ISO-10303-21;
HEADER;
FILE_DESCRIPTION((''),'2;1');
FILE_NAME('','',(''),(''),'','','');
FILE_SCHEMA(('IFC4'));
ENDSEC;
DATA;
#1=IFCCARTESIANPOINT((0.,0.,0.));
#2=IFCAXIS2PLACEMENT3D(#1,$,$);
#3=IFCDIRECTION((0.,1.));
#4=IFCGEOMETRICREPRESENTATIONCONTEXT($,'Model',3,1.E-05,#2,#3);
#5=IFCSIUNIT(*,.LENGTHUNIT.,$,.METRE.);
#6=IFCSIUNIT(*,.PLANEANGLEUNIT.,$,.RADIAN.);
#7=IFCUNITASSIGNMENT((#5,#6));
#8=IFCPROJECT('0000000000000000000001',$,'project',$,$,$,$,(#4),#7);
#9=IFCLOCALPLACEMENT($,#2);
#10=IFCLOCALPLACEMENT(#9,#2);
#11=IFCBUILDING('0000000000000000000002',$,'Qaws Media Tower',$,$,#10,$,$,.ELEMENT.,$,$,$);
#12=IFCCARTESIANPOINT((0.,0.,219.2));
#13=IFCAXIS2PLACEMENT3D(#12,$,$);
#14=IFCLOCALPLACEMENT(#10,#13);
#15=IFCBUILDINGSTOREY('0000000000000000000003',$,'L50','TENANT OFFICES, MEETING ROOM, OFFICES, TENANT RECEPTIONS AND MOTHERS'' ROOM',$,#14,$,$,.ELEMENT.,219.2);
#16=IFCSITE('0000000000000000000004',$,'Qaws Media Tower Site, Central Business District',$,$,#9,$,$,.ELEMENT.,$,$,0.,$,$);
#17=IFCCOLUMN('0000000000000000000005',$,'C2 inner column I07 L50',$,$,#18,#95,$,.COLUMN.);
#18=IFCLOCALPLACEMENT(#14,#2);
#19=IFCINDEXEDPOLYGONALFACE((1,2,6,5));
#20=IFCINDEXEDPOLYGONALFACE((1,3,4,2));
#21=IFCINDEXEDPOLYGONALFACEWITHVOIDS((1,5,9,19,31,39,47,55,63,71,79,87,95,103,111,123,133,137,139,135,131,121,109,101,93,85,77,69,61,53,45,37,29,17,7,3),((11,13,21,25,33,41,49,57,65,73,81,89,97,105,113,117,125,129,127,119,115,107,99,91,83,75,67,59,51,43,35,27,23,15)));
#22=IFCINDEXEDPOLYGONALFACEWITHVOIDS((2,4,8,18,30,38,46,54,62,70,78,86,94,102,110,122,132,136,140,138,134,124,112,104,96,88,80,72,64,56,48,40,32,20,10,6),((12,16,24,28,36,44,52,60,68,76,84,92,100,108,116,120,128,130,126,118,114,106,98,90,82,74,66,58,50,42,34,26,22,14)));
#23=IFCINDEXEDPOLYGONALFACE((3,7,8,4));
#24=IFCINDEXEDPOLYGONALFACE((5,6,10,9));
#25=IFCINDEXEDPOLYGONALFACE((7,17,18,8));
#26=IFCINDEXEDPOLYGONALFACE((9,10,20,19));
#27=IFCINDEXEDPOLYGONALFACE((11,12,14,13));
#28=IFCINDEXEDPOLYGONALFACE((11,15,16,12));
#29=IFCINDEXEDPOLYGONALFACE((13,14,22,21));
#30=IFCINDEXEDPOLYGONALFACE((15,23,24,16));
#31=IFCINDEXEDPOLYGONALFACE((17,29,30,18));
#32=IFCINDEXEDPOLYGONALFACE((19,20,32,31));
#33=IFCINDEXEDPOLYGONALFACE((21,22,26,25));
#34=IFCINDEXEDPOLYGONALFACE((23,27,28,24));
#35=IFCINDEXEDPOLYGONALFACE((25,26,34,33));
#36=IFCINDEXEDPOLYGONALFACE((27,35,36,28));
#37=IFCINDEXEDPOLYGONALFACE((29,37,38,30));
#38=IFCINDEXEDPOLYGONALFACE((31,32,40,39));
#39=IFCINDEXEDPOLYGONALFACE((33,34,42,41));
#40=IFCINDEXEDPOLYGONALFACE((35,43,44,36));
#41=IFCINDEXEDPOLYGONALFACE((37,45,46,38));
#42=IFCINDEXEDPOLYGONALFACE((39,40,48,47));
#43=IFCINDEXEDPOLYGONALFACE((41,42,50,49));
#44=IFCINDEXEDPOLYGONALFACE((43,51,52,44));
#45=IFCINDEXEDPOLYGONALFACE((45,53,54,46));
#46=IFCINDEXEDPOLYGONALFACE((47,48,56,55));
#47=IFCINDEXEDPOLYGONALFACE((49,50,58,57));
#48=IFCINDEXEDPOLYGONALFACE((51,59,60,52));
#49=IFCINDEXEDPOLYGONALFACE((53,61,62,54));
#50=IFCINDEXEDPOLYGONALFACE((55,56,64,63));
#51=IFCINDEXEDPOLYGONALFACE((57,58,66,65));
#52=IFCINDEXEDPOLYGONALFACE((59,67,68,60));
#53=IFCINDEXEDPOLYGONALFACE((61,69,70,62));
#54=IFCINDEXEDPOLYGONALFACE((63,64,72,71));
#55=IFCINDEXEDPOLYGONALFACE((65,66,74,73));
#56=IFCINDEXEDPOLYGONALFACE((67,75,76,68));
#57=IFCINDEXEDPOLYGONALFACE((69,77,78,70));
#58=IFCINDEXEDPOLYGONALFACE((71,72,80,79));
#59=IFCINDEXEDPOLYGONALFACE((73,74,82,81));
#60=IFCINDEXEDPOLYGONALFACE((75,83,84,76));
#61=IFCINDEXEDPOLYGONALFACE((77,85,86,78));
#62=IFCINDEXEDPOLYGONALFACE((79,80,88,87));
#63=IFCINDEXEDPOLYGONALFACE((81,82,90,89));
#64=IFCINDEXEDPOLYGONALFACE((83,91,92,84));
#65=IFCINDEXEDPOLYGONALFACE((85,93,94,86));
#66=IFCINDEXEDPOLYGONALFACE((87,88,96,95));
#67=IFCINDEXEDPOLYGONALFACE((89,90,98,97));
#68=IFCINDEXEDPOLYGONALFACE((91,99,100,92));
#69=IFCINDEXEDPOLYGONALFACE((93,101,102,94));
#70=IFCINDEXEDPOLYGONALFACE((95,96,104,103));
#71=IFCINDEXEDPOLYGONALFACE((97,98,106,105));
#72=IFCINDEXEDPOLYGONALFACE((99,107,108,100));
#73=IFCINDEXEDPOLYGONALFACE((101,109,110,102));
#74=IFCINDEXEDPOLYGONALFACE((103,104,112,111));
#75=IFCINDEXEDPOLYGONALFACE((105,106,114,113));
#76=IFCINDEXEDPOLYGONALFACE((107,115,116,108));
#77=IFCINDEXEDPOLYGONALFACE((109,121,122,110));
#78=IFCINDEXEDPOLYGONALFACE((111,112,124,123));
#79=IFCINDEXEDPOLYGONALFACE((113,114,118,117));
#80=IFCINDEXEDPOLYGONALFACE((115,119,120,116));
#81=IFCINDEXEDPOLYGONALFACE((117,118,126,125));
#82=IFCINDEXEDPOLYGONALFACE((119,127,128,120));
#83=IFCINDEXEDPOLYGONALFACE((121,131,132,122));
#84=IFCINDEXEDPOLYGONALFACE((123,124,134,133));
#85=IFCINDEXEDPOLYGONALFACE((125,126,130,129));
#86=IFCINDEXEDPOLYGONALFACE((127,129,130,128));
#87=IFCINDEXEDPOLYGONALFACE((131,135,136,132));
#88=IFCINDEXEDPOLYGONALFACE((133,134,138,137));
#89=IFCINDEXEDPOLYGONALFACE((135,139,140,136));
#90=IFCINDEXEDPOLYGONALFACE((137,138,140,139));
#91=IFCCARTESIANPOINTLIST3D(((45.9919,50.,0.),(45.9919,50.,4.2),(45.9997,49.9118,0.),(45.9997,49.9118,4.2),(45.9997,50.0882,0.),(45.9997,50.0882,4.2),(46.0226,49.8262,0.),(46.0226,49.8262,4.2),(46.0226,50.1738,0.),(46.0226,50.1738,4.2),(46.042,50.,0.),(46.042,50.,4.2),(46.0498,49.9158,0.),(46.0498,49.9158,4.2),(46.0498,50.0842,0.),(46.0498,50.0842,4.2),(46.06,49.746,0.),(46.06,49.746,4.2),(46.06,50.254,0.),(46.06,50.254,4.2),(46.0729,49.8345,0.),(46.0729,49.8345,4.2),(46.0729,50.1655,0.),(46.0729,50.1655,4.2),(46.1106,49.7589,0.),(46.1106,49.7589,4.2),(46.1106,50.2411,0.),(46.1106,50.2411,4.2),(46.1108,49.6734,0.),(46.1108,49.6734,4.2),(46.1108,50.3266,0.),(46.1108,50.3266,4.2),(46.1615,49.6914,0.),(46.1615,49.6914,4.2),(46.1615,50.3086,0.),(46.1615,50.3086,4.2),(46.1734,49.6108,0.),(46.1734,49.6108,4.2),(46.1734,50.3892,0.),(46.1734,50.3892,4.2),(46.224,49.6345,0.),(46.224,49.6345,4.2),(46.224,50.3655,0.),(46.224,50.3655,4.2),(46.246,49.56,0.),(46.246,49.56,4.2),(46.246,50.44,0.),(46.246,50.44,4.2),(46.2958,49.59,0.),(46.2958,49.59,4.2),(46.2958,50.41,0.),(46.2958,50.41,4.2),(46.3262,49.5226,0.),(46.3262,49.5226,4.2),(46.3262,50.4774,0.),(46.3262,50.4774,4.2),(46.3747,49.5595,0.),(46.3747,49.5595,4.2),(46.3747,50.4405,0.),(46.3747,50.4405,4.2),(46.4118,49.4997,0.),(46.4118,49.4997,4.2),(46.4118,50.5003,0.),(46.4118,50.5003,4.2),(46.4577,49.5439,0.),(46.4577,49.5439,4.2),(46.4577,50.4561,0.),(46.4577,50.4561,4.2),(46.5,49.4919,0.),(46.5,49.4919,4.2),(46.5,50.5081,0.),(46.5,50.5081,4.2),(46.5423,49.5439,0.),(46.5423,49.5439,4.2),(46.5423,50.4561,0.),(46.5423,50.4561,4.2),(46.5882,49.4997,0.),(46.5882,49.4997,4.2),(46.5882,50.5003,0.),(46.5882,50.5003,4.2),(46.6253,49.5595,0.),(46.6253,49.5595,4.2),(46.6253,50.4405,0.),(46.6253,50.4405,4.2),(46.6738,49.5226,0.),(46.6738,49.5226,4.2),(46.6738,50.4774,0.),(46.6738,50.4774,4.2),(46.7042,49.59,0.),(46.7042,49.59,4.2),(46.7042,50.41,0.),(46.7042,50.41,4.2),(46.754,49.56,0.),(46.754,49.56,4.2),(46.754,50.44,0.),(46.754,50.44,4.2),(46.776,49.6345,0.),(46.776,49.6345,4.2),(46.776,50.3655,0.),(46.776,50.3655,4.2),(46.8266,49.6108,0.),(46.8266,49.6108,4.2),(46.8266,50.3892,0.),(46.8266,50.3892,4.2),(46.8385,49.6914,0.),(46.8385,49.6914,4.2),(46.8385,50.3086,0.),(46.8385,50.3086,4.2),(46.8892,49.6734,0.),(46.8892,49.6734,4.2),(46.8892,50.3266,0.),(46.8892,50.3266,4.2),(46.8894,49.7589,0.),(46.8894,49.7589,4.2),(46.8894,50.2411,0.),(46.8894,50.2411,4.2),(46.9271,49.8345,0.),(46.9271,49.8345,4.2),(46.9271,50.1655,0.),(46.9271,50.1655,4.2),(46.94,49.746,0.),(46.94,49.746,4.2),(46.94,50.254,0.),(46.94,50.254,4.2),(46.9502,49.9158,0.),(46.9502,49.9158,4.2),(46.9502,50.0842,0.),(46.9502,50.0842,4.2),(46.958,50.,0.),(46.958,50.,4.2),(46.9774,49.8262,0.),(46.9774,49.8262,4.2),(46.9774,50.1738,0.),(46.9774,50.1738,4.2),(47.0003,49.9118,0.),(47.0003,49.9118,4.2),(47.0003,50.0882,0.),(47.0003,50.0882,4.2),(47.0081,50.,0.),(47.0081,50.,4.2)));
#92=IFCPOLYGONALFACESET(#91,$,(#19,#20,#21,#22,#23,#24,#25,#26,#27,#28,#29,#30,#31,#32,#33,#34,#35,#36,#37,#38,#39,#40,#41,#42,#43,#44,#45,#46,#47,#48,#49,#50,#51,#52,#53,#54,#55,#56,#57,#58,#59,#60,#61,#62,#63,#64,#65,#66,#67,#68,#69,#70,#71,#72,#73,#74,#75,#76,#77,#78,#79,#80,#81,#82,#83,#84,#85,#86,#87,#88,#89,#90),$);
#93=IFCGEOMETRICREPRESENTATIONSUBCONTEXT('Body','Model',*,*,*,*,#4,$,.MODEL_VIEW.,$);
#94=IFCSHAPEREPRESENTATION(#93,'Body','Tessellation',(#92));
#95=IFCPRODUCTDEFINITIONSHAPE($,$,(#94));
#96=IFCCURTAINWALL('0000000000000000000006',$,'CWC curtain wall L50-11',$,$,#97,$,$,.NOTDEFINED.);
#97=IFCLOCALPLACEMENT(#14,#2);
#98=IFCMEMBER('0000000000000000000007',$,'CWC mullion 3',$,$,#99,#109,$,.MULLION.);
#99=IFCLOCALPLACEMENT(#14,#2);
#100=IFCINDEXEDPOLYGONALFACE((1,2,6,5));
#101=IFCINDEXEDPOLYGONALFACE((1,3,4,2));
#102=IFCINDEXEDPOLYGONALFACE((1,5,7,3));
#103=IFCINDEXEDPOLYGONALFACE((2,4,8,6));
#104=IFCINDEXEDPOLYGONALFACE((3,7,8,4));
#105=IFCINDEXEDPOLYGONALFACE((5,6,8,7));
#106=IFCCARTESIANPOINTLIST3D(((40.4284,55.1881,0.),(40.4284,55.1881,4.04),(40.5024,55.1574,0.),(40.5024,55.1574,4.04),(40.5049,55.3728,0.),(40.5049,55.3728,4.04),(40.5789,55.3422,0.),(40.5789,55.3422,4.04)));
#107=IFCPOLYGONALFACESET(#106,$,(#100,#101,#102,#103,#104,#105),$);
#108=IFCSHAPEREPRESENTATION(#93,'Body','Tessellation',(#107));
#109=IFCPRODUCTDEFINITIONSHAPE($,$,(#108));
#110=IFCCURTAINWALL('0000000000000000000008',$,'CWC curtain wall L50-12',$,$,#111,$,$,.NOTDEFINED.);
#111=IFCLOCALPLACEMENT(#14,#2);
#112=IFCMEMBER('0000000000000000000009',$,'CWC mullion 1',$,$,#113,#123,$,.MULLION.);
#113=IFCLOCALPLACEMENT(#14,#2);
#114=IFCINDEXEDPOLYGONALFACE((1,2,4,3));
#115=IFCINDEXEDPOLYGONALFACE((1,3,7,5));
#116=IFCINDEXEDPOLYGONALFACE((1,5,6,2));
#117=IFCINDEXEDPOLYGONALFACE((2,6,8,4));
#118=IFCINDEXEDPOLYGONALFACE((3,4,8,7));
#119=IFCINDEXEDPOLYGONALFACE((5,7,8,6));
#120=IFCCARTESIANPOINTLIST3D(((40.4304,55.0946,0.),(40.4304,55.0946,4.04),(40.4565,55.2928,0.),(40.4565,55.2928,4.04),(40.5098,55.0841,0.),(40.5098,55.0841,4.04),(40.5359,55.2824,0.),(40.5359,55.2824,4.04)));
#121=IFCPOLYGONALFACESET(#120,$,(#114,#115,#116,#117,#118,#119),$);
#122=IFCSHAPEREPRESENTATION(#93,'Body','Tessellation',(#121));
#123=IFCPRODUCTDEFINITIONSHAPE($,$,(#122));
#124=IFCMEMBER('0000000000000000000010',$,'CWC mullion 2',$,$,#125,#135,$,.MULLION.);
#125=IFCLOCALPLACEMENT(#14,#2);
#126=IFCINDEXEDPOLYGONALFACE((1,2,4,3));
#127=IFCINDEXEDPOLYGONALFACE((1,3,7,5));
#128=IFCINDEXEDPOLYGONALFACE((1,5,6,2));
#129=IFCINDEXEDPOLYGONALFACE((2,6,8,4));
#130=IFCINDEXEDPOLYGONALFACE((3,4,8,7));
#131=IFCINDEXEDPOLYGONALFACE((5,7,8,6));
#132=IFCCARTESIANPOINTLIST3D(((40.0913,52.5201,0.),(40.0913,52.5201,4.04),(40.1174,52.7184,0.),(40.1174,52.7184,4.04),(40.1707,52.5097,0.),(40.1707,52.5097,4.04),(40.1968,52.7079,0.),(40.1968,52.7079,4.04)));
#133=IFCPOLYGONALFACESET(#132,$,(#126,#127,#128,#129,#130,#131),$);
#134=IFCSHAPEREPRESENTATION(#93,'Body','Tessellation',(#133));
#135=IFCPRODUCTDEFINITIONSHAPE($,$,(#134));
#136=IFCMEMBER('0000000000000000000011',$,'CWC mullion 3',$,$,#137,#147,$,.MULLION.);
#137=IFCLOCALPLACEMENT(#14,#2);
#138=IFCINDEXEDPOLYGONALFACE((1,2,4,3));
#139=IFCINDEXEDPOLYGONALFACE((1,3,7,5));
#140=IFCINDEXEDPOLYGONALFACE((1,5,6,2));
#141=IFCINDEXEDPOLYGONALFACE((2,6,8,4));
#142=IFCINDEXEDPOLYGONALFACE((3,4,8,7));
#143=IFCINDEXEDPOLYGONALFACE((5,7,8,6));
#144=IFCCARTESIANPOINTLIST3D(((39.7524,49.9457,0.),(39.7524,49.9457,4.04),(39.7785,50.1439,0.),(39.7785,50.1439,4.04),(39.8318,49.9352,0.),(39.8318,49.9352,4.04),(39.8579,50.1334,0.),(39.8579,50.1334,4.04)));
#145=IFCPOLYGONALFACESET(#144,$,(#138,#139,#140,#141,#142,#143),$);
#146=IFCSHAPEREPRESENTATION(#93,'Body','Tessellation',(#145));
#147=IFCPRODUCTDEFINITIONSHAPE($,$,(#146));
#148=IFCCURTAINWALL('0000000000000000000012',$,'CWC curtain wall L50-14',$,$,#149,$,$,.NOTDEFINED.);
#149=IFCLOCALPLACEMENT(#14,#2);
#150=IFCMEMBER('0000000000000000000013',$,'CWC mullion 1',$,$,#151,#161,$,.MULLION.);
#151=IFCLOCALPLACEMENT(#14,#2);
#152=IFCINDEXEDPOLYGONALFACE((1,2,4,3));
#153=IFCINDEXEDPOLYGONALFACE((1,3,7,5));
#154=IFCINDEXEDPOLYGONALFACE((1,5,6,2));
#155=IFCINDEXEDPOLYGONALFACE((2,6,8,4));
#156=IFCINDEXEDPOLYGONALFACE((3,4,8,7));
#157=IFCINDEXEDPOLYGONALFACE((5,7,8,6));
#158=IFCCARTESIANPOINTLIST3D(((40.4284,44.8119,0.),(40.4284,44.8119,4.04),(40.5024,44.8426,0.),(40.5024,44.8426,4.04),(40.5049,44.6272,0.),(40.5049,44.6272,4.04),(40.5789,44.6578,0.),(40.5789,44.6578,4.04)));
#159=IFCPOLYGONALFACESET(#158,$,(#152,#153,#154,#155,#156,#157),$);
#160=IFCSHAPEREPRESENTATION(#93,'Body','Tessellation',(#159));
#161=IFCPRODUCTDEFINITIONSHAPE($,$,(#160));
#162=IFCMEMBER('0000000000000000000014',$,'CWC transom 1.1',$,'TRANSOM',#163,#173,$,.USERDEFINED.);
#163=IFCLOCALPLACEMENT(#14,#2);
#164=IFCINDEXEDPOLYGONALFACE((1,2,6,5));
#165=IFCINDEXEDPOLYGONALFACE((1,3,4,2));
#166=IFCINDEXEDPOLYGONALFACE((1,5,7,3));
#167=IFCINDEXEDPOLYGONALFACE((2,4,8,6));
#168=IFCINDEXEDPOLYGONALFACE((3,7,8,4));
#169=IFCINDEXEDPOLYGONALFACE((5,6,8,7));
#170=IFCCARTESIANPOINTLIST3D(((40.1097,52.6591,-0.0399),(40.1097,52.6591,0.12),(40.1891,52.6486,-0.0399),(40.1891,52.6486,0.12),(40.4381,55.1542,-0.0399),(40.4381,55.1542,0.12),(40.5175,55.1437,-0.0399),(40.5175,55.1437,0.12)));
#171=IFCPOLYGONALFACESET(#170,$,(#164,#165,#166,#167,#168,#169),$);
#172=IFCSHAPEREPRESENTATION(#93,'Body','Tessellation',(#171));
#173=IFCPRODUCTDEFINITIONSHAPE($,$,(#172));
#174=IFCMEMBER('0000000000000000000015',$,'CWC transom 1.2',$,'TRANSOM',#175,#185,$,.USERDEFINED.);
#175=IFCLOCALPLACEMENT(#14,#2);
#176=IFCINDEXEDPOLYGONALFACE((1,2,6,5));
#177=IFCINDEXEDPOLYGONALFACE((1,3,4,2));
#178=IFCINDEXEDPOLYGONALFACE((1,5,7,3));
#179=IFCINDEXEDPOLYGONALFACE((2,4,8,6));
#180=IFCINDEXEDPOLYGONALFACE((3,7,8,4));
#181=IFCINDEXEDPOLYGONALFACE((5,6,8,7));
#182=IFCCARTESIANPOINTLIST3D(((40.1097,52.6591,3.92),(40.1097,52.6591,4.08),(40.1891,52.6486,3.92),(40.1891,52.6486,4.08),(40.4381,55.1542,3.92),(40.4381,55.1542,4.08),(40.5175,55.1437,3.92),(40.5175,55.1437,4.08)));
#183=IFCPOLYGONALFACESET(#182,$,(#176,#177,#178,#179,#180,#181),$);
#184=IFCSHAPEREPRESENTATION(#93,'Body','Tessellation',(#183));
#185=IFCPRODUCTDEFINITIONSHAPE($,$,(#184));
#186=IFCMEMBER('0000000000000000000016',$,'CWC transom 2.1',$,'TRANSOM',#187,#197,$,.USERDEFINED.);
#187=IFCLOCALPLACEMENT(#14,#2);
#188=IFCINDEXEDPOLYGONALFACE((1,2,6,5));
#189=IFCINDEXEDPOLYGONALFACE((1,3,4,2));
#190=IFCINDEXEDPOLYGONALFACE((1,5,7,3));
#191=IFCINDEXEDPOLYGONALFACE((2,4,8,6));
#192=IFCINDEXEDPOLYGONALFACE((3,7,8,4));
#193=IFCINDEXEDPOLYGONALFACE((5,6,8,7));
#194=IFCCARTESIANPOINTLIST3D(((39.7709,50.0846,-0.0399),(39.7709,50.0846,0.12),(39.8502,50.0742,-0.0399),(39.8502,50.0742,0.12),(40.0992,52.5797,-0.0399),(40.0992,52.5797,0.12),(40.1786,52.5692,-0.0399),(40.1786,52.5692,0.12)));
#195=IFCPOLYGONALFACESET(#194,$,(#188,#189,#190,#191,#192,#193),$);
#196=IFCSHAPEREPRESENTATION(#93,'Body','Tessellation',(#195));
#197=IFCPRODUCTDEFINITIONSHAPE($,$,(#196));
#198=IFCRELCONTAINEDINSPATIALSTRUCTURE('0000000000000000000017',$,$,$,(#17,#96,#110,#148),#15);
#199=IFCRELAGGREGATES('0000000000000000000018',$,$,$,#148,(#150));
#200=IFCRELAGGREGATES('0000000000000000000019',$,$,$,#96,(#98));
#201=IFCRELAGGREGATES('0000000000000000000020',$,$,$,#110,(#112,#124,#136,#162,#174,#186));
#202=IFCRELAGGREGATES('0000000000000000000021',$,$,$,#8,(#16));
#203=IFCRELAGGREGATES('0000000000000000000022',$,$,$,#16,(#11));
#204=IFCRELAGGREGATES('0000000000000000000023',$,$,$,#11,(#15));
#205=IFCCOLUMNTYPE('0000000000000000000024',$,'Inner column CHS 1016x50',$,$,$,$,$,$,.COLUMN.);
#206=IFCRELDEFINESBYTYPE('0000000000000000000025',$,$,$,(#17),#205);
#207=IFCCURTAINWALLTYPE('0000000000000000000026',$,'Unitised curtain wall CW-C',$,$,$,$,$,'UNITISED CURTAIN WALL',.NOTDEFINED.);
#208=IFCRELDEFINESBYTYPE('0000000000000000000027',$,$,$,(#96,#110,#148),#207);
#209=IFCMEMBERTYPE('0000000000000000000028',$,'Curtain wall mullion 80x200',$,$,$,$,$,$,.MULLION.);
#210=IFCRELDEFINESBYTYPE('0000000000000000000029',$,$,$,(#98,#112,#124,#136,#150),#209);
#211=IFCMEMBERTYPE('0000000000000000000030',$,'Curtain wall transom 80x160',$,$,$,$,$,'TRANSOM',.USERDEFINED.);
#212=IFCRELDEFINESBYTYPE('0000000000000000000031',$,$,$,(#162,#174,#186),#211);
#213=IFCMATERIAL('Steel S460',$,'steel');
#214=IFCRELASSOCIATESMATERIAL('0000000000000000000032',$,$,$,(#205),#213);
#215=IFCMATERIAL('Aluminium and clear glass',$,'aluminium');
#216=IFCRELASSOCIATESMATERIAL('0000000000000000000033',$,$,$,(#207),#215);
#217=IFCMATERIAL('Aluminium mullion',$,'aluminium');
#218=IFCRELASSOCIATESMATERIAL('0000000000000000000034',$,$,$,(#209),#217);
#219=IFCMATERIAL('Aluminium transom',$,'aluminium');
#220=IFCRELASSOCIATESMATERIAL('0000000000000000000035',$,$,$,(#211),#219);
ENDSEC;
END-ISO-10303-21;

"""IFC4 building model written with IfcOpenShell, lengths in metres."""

from ifc_helpers import new_model, si_unit, direction, frame, origin, origin_2d, place, context, subcontext, project, spatial, rectangle, hollow_circle, extrude, material, material_profile, profile_set, type_object, element, aggregate, save


model = new_model("IFC4")

# Units and contexts
model_context = context("Model", 3, precision=1e-05, world=origin(), true_north=direction((0.0, 1.0)))
body_context = subcontext(model_context, "Body", "Model", "MODEL_VIEW")
ifc_project = project(units=[si_unit("LENGTHUNIT", "METRE"), si_unit("PLANEANGLEUNIT", "RADIAN")], contexts=[model_context])

# Site, building, storey
site_placement = place(None, origin())
site = spatial("IfcSite", under=ifc_project, at=site_placement, Name="Qaws Media Tower Site, Central Business District", CompositionType="ELEMENT", RefElevation=0.0)
building_placement = place(site_placement, origin())
building = spatial("IfcBuilding", under=site, at=building_placement, Name="Qaws Media Tower", CompositionType="ELEMENT")
storey_placement = place(building_placement, frame((0.0, 0.0, 219.2)))
storey = spatial("IfcBuildingStorey", under=building, at=storey_placement, Name="L50", Description="TENANT OFFICES, MEETING ROOM, OFFICES, TENANT RECEPTIONS AND MOTHERS' ROOM", CompositionType="ELEMENT", Elevation=219.2)

# Column
ifc_material_1 = material(Name="Steel S460", Category="steel")
ifc_material_profile_1 = material_profile(ifc_material_1, hollow_circle(Radius=0.5081, WallThickness=0.05, at=origin_2d()), Name="CHS 1016x50")
ifc_profile_set_1 = profile_set([ifc_material_profile_1], Name="Steel S460")
column_type = type_object("IfcColumnType", Name="Inner column CHS 1016x50", PredefinedType="COLUMN", material=ifc_profile_set_1)
column_placement = place(storey_placement, frame((46.5, 50.0, 0.0), z_axis=(0.0, 0.0, 1.0), x_axis=(1.0, 0.0, 0.0)))
element("IfcColumn", 1, at=column_placement, inside=storey, type_object=column_type, Name="C2 inner column I07 L50", PredefinedType="COLUMN", context=body_context, shape_type="SweptSolid", body=[
    extrude(hollow_circle(Radius=0.5081, WallThickness=0.05, at=origin_2d()), origin(), (0.0, 0.0, 1.0), 4.2),
])

# Curtain wall, member
ifc_material_2 = material(Name="Aluminium and clear glass", Category="aluminium")
curtain_wall_type = type_object("IfcCurtainWallType", Name="Unitised curtain wall CW-C", ElementType="UNITISED CURTAIN WALL", PredefinedType="NOTDEFINED", material=ifc_material_2)
curtain_wall_1_placement = place(storey_placement, origin())
curtain_wall_1 = element("IfcCurtainWall", 2, at=curtain_wall_1_placement, inside=storey, type_object=curtain_wall_type, Name="CWC curtain wall L50-11", PredefinedType="NOTDEFINED")
ifc_material_3 = material(Name="Aluminium mullion", Category="aluminium")
ifc_material_profile_2 = material_profile(ifc_material_3, rectangle(XDim=0.0801, YDim=0.2, at=origin_2d()), Name="80x200")
ifc_profile_set_2 = profile_set([ifc_material_profile_2], Name="Aluminium mullion")
member_type_1 = type_object("IfcMemberType", Name="Curtain wall mullion 80x200", PredefinedType="MULLION", material=ifc_profile_set_2)
member_1_placement = place(storey_placement, frame((40.5037, 55.2651, 0.0), z_axis=(0.0, 0.0, 1.0), x_axis=(0.923879, -0.382684, 0.0)))
member_1 = element("IfcMember", 3, at=member_1_placement, type_object=member_type_1, Name="CWC mullion 3", PredefinedType="MULLION", context=body_context, shape_type="SweptSolid", body=[
    extrude(rectangle(XDim=0.0801, YDim=0.2, at=origin_2d()), origin(), (0.0, 0.0, 1.0), 4.04),
])

# Curtain wall, members
curtain_wall_2_placement = place(storey_placement, origin())
curtain_wall_2 = element("IfcCurtainWall", 4, at=curtain_wall_2_placement, inside=storey, type_object=curtain_wall_type, Name="CWC curtain wall L50-12", PredefinedType="NOTDEFINED")
member_2_placement = place(storey_placement, frame((40.4832, 55.1885, 0.0), z_axis=(0.0, 0.0, 1.0), x_axis=(0.991445, -0.130526, 0.0)))
member_2 = element("IfcMember", 5, at=member_2_placement, type_object=member_type_1, Name="CWC mullion 1", PredefinedType="MULLION", context=body_context, shape_type="SweptSolid", body=[
    extrude(rectangle(XDim=0.0801, YDim=0.2, at=origin_2d()), origin(), (0.0, 0.0, 1.0), 4.04),
])
member_3_placement = place(storey_placement, frame((40.144, 52.614, 0.0), z_axis=(0.0, 0.0, 1.0), x_axis=(0.991445, -0.130526, 0.0)))
member_3 = element("IfcMember", 6, at=member_3_placement, type_object=member_type_1, Name="CWC mullion 2", PredefinedType="MULLION", context=body_context, shape_type="SweptSolid", body=[
    extrude(rectangle(XDim=0.0801, YDim=0.2, at=origin_2d()), origin(), (0.0, 0.0, 1.0), 4.04),
])
member_4_placement = place(storey_placement, frame((39.8052, 50.0396, 0.0), z_axis=(0.0, 0.0, 1.0), x_axis=(0.991445, -0.130526, 0.0)))
member_4 = element("IfcMember", 7, at=member_4_placement, type_object=member_type_1, Name="CWC mullion 3", PredefinedType="MULLION", context=body_context, shape_type="SweptSolid", body=[
    extrude(rectangle(XDim=0.0801, YDim=0.2, at=origin_2d()), origin(), (0.0, 0.0, 1.0), 4.04),
])

# Curtain wall, member
curtain_wall_3_placement = place(storey_placement, origin())
curtain_wall_3 = element("IfcCurtainWall", 8, at=curtain_wall_3_placement, inside=storey, type_object=curtain_wall_type, Name="CWC curtain wall L50-14", PredefinedType="NOTDEFINED")
member_5_placement = place(storey_placement, frame((40.5037, 44.7349, 0.0), z_axis=(0.0, 0.0, 1.0), x_axis=(0.923879, 0.382684, 0.0)))
member_5 = element("IfcMember", 9, at=member_5_placement, type_object=member_type_1, Name="CWC mullion 1", PredefinedType="MULLION", context=body_context, shape_type="SweptSolid", body=[
    extrude(rectangle(XDim=0.0801, YDim=0.2, at=origin_2d()), origin(), (0.0, 0.0, 1.0), 4.04),
])

# Members
ifc_material_4 = material(Name="Aluminium transom", Category="aluminium")
ifc_material_profile_3 = material_profile(ifc_material_4, rectangle(XDim=0.0801, YDim=0.1599, at=origin_2d()), Name="80x160")
ifc_profile_set_3 = profile_set([ifc_material_profile_3], Name="Aluminium transom")
member_type_2 = type_object("IfcMemberType", Name="Curtain wall transom 80x160", ElementType="TRANSOM", PredefinedType="USERDEFINED", material=ifc_profile_set_3)
member_6_placement = place(storey_placement, frame((40.4778, 55.1489, 0.04), z_axis=(-0.13048, -0.991451, 0.0), x_axis=(0.991451, -0.13048, 0.0)))
member_6 = element("IfcMember", 10, at=member_6_placement, type_object=member_type_2, Name="CWC transom 1.1", ObjectType="TRANSOM", PredefinedType="USERDEFINED", context=body_context, shape_type="SweptSolid", body=[
    extrude(rectangle(XDim=0.0801, YDim=0.1599, at=origin_2d()), origin(), (0.0, 0.0, 1.0), 2.5166),
])
member_7_placement = place(storey_placement, frame((40.4778, 55.1489, 4.0), z_axis=(-0.13048, -0.991451, 0.0), x_axis=(0.991451, -0.13048, 0.0)))
member_7 = element("IfcMember", 11, at=member_7_placement, type_object=member_type_2, Name="CWC transom 1.2", ObjectType="TRANSOM", PredefinedType="USERDEFINED", context=body_context, shape_type="SweptSolid", body=[
    extrude(rectangle(XDim=0.0801, YDim=0.1599, at=origin_2d()), origin(), (0.0, 0.0, 1.0), 2.5166),
])
member_8_placement = place(storey_placement, frame((40.1389, 52.5745, 0.04), z_axis=(-0.13048, -0.991451, 0.0), x_axis=(0.991451, -0.13048, 0.0)))
member_8 = element("IfcMember", 12, at=member_8_placement, type_object=member_type_2, Name="CWC transom 2.1", ObjectType="TRANSOM", PredefinedType="USERDEFINED", context=body_context, shape_type="SweptSolid", body=[
    extrude(rectangle(XDim=0.0801, YDim=0.1599, at=origin_2d()), origin(), (0.0, 0.0, 1.0), 2.5166),
])
aggregate(curtain_wall_3, [member_5])

aggregate(curtain_wall_1, [member_1])
aggregate(curtain_wall_2, [member_2, member_3, member_4, member_6, member_7, member_8])

save(model, "model.ifc")
